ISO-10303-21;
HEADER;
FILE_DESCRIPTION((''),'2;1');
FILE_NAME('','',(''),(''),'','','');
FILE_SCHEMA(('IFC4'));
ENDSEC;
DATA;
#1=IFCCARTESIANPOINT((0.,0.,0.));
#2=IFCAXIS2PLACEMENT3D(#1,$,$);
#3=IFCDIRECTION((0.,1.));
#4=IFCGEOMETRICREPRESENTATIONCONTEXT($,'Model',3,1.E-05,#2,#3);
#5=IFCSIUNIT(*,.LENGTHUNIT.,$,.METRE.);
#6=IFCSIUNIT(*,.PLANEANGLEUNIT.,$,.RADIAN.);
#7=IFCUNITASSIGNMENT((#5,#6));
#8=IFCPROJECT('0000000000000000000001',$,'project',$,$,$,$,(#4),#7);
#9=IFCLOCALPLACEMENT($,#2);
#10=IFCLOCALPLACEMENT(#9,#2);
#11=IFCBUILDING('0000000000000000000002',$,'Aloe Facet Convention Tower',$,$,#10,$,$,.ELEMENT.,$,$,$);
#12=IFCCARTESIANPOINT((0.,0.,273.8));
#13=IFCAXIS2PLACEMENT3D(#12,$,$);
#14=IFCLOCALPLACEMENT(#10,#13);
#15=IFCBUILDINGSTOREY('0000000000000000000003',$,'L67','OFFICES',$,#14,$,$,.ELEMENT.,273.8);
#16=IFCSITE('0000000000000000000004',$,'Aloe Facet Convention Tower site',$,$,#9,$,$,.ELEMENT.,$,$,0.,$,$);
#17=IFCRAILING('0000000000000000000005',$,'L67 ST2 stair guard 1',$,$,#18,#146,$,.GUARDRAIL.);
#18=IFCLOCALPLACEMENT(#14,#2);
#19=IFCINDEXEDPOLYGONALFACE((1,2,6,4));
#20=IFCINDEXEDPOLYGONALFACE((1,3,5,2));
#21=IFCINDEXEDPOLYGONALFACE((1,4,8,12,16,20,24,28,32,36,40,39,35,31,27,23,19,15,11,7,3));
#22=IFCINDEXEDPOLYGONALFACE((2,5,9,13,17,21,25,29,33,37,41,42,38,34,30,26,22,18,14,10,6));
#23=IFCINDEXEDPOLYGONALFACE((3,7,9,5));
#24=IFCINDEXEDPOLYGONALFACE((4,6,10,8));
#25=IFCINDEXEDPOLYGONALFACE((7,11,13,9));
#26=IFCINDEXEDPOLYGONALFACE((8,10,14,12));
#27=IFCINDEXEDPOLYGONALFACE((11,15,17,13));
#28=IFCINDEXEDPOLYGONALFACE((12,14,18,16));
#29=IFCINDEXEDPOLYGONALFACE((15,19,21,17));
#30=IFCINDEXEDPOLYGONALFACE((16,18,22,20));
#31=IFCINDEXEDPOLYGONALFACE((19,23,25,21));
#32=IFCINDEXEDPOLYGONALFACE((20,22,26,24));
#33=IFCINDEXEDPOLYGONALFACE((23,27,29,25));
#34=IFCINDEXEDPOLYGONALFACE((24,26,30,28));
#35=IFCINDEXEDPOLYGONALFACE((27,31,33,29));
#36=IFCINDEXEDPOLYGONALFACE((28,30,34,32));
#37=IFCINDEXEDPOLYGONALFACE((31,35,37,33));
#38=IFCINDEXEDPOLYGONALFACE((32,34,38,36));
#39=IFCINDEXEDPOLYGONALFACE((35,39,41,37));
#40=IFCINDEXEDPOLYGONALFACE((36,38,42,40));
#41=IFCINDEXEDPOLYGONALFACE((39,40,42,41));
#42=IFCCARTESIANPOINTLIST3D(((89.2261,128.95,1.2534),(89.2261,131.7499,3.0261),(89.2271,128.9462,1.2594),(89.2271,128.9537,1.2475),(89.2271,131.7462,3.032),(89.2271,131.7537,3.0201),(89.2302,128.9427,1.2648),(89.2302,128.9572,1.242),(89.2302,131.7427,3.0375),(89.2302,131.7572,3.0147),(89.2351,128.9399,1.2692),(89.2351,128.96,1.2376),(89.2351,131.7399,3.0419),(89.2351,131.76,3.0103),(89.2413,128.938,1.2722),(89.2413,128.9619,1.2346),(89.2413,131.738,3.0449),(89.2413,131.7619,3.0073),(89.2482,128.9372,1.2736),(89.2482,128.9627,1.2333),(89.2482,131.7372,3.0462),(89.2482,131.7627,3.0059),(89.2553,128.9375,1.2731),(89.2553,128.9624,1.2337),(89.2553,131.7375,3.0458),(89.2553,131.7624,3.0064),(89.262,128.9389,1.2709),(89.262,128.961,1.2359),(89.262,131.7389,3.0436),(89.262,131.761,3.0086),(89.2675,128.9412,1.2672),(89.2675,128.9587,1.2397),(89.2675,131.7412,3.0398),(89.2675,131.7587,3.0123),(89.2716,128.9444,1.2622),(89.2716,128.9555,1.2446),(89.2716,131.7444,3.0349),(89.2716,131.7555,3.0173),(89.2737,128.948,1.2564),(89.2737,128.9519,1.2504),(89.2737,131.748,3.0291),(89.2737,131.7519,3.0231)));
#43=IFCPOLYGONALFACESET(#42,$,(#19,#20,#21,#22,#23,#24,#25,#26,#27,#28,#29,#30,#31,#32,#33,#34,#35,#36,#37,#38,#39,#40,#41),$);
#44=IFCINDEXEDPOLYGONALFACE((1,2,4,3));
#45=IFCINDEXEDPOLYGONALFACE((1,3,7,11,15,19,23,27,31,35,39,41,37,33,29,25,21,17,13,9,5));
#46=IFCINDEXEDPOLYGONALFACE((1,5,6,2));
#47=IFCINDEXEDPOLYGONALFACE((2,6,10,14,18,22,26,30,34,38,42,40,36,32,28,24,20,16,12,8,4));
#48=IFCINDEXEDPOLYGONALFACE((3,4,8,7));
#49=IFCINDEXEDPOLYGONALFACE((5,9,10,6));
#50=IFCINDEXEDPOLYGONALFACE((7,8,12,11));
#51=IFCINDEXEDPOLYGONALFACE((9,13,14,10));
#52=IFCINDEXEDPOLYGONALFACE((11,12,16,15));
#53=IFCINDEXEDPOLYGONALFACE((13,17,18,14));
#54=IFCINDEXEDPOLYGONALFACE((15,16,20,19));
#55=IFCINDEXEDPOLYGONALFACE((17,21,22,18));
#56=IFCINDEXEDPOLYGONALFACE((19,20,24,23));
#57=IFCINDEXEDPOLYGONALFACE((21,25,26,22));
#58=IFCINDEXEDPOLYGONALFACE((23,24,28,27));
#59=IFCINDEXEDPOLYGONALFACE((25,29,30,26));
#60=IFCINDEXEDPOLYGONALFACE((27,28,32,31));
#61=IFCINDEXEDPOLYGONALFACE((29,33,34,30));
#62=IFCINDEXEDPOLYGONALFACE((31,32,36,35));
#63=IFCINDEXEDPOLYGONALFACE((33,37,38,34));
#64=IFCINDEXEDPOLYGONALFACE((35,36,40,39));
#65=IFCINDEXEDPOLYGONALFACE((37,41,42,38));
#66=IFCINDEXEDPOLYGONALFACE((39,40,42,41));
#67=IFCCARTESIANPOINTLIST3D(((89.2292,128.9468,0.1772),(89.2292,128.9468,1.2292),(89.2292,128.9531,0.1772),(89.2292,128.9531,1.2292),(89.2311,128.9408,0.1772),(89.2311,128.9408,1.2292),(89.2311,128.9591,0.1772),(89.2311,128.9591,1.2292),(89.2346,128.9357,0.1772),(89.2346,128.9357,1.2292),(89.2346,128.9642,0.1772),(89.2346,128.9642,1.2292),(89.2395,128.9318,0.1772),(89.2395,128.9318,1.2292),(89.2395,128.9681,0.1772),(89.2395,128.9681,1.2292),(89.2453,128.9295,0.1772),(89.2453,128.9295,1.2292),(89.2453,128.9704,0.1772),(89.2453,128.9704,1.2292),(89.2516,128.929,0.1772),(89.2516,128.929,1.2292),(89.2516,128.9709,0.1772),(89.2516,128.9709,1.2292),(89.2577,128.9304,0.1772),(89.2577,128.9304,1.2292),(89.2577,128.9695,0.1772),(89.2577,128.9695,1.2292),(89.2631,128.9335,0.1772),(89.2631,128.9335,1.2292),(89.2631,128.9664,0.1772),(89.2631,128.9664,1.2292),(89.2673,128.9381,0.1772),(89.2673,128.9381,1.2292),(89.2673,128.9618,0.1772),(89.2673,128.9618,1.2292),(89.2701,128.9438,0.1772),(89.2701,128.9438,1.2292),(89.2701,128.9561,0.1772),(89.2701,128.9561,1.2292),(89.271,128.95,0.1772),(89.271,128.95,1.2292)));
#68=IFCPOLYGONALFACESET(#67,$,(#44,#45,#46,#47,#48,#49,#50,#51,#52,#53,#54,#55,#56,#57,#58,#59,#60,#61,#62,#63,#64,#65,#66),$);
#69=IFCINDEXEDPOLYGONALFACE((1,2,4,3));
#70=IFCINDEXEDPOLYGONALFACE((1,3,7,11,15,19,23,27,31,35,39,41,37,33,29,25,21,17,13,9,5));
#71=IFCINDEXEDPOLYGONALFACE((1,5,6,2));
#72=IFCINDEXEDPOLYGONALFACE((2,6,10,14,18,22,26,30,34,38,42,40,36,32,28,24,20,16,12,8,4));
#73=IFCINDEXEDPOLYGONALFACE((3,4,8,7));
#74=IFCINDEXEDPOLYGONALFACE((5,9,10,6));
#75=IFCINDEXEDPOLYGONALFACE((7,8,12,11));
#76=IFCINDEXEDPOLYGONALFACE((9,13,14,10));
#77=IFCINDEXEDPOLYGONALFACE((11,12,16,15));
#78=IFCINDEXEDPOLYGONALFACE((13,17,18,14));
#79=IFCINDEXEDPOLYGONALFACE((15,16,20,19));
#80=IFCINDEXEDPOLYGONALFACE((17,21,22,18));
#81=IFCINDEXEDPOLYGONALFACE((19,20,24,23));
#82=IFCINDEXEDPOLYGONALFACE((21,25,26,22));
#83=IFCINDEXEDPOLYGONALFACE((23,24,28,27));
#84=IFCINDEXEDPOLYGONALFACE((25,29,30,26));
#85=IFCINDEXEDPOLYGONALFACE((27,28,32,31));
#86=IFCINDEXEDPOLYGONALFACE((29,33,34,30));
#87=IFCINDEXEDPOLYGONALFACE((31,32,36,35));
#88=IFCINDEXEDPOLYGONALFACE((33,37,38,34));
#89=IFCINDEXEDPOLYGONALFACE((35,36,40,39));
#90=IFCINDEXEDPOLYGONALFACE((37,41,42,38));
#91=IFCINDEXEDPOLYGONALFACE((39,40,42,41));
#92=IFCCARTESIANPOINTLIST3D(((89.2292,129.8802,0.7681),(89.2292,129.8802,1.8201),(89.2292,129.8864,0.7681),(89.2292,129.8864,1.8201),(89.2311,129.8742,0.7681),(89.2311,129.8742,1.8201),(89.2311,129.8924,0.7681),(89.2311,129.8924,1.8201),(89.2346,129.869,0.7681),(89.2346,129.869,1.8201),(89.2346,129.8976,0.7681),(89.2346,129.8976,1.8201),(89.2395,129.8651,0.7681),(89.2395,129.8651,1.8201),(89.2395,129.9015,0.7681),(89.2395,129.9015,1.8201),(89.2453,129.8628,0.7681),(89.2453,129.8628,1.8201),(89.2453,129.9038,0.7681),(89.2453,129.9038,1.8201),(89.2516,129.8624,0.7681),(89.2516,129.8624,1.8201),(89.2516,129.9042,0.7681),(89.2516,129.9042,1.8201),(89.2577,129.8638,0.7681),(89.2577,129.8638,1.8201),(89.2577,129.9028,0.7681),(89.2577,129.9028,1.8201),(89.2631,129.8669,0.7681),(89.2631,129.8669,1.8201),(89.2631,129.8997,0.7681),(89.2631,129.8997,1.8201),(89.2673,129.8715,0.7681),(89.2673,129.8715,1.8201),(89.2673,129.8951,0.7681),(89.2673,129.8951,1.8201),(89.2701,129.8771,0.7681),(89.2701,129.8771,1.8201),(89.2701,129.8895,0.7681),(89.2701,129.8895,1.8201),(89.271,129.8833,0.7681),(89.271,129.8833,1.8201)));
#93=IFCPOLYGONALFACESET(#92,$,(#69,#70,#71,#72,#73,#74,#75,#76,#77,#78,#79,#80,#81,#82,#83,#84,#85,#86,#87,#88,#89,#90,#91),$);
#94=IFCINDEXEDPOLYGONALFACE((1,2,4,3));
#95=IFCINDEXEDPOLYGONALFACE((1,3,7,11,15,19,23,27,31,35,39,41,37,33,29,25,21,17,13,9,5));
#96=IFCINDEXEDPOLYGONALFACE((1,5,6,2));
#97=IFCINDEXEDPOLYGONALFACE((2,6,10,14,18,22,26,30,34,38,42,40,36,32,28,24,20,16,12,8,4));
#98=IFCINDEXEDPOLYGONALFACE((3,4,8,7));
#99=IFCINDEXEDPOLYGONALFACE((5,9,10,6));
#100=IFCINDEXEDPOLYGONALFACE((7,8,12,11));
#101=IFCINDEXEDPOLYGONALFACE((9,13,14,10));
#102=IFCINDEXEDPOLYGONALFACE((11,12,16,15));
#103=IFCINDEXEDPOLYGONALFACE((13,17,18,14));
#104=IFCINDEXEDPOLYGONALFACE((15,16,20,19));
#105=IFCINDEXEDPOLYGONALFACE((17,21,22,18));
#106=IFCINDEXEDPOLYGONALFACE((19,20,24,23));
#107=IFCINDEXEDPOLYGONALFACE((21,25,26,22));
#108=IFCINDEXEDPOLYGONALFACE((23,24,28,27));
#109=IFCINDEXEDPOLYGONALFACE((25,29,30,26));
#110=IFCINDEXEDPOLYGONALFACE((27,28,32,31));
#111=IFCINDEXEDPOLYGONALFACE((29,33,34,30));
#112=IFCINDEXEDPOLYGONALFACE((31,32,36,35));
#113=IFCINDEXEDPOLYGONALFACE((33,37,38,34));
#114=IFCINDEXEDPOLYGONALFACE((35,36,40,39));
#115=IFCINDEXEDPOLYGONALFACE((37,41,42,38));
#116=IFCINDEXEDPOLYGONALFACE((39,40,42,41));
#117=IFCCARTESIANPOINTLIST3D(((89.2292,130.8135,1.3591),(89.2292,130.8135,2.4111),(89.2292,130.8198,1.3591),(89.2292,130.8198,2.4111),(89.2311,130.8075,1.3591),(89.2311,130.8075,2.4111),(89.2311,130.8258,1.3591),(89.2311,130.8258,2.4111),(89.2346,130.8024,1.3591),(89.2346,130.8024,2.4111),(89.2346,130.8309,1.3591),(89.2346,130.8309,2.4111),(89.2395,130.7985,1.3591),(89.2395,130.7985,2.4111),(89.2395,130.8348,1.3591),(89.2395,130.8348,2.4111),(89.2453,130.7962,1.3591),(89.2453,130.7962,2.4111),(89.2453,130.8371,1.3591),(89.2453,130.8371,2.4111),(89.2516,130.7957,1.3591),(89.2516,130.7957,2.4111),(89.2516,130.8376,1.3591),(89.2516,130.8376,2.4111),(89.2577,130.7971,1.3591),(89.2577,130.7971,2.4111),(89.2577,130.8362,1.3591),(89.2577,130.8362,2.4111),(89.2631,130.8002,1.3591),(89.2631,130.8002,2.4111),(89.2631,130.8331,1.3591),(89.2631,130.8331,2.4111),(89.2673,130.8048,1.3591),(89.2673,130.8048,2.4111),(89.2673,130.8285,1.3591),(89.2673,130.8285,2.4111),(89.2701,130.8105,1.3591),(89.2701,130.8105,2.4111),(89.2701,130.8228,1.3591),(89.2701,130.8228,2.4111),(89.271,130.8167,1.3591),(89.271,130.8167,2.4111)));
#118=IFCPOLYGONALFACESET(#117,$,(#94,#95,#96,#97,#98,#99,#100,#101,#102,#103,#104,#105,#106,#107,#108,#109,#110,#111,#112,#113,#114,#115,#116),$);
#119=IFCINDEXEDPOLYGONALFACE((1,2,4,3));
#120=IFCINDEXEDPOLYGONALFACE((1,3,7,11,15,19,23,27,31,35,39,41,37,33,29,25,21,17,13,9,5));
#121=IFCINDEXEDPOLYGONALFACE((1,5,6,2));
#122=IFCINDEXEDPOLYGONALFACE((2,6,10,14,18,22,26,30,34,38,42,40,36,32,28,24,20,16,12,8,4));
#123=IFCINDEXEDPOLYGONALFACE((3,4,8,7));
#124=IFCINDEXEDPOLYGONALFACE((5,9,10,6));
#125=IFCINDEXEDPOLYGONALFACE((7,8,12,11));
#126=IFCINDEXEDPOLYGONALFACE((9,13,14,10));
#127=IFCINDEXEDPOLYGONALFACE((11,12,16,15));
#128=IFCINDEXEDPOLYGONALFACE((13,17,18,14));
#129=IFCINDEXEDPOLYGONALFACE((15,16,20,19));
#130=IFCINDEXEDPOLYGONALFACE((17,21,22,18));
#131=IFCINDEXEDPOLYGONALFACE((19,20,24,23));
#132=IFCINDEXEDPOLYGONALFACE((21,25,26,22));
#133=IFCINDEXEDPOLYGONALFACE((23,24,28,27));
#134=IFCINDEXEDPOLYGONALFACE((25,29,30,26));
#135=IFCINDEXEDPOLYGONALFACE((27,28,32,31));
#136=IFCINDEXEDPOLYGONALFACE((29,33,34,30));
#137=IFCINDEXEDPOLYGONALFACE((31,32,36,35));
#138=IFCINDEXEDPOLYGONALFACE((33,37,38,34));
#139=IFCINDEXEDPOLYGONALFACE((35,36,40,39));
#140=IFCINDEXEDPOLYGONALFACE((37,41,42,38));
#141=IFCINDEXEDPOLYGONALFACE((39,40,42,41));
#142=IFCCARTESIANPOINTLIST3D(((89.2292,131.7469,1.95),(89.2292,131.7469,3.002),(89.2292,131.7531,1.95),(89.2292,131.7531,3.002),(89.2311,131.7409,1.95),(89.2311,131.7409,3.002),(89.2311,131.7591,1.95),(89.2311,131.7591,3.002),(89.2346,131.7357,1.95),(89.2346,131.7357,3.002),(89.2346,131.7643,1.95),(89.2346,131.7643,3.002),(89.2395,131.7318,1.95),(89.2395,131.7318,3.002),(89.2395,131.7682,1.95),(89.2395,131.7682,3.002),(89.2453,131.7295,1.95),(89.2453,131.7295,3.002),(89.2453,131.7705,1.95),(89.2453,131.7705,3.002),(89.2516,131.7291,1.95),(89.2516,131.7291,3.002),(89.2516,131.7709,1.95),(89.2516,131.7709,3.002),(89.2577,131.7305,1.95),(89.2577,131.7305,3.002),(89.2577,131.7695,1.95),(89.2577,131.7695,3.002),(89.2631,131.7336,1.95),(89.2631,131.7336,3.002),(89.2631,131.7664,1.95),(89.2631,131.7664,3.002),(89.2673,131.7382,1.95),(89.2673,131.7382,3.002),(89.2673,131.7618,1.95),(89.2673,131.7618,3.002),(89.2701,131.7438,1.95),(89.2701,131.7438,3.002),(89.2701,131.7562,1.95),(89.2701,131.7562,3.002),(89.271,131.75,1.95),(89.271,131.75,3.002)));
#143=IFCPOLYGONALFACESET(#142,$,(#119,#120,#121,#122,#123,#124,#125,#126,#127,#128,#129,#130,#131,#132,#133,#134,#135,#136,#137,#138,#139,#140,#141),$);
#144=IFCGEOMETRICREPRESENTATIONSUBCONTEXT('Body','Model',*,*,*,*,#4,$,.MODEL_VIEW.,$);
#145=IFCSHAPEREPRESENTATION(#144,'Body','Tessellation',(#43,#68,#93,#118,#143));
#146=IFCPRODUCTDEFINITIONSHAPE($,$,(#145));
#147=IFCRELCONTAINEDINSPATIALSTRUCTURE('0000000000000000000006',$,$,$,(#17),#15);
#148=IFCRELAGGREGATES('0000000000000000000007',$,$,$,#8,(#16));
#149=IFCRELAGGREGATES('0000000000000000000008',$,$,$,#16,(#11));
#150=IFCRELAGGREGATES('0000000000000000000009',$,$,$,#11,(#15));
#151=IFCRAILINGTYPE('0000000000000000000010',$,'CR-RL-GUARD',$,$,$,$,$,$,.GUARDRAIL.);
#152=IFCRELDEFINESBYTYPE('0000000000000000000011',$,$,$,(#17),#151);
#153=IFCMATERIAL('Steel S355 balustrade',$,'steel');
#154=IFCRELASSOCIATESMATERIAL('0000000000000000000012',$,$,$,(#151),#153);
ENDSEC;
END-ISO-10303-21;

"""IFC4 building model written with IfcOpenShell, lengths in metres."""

from ifc_helpers import new_model, si_unit, direction, frame, origin, origin_2d, place, context, subcontext, project, spatial, circle, extrude, material, type_object, element, save


model = new_model("IFC4")

# Units and contexts
model_context = context("Model", 3, precision=1e-05, world=origin(), true_north=direction((0.0, 1.0)))
body_context = subcontext(model_context, "Body", "Model", "MODEL_VIEW")
ifc_project = project(units=[si_unit("LENGTHUNIT", "METRE"), si_unit("PLANEANGLEUNIT", "RADIAN")], contexts=[model_context])

# Site, building, storey
site_placement = place(None, origin())
site = spatial("IfcSite", under=ifc_project, at=site_placement, Name="Aloe Facet Convention Tower site", CompositionType="ELEMENT", RefElevation=0.0)
building_placement = place(site_placement, origin())
building = spatial("IfcBuilding", under=site, at=building_placement, Name="Aloe Facet Convention Tower", CompositionType="ELEMENT")
storey_placement = place(building_placement, frame((0.0, 0.0, 273.8)))
storey = spatial("IfcBuildingStorey", under=building, at=storey_placement, Name="L67", Description="OFFICES", CompositionType="ELEMENT", Elevation=273.8)

# Railing
ifc_material_1 = material(Name="Steel S355 balustrade", Category="steel")
railing_type_1 = type_object("IfcRailingType", Name="CR-RL-GUARD", PredefinedType="GUARDRAIL", material=ifc_material_1)
railing_1_placement = place(storey_placement, frame((89.25, 128.95, 0.1772)))
element("IfcRailing", 1, at=railing_1_placement, inside=storey, type_object=railing_type_1, Name="L67 ST2 stair guard 1", PredefinedType="GUARDRAIL", context=body_context, shape_type="SweptSolid", body=[
    extrude(circle(Radius=0.0239, at=origin_2d()), frame((0.0, 0.0, 1.0762), z_axis=(0.0, 0.844909, 0.53491), x_axis=(-1.0, 0.0, 0.0)), (0.0, 0.0, 1.0), 3.314),
    extrude(circle(Radius=0.021, at=origin_2d()), origin(), (0.0, 0.0, 1.0), 1.052),
    extrude(circle(Radius=0.021, at=origin_2d()), frame((0.0, 0.9333, 0.5908)), (0.0, 0.0, 1.0), 1.052),
    extrude(circle(Radius=0.021, at=origin_2d()), frame((0.0, 1.8667, 1.1819)), (0.0, 0.0, 1.0), 1.052),
    extrude(circle(Radius=0.021, at=origin_2d()), frame((0.0, 2.8, 1.7727)), (0.0, 0.0, 1.0), 1.052),
])

save(model, "model.ifc")
